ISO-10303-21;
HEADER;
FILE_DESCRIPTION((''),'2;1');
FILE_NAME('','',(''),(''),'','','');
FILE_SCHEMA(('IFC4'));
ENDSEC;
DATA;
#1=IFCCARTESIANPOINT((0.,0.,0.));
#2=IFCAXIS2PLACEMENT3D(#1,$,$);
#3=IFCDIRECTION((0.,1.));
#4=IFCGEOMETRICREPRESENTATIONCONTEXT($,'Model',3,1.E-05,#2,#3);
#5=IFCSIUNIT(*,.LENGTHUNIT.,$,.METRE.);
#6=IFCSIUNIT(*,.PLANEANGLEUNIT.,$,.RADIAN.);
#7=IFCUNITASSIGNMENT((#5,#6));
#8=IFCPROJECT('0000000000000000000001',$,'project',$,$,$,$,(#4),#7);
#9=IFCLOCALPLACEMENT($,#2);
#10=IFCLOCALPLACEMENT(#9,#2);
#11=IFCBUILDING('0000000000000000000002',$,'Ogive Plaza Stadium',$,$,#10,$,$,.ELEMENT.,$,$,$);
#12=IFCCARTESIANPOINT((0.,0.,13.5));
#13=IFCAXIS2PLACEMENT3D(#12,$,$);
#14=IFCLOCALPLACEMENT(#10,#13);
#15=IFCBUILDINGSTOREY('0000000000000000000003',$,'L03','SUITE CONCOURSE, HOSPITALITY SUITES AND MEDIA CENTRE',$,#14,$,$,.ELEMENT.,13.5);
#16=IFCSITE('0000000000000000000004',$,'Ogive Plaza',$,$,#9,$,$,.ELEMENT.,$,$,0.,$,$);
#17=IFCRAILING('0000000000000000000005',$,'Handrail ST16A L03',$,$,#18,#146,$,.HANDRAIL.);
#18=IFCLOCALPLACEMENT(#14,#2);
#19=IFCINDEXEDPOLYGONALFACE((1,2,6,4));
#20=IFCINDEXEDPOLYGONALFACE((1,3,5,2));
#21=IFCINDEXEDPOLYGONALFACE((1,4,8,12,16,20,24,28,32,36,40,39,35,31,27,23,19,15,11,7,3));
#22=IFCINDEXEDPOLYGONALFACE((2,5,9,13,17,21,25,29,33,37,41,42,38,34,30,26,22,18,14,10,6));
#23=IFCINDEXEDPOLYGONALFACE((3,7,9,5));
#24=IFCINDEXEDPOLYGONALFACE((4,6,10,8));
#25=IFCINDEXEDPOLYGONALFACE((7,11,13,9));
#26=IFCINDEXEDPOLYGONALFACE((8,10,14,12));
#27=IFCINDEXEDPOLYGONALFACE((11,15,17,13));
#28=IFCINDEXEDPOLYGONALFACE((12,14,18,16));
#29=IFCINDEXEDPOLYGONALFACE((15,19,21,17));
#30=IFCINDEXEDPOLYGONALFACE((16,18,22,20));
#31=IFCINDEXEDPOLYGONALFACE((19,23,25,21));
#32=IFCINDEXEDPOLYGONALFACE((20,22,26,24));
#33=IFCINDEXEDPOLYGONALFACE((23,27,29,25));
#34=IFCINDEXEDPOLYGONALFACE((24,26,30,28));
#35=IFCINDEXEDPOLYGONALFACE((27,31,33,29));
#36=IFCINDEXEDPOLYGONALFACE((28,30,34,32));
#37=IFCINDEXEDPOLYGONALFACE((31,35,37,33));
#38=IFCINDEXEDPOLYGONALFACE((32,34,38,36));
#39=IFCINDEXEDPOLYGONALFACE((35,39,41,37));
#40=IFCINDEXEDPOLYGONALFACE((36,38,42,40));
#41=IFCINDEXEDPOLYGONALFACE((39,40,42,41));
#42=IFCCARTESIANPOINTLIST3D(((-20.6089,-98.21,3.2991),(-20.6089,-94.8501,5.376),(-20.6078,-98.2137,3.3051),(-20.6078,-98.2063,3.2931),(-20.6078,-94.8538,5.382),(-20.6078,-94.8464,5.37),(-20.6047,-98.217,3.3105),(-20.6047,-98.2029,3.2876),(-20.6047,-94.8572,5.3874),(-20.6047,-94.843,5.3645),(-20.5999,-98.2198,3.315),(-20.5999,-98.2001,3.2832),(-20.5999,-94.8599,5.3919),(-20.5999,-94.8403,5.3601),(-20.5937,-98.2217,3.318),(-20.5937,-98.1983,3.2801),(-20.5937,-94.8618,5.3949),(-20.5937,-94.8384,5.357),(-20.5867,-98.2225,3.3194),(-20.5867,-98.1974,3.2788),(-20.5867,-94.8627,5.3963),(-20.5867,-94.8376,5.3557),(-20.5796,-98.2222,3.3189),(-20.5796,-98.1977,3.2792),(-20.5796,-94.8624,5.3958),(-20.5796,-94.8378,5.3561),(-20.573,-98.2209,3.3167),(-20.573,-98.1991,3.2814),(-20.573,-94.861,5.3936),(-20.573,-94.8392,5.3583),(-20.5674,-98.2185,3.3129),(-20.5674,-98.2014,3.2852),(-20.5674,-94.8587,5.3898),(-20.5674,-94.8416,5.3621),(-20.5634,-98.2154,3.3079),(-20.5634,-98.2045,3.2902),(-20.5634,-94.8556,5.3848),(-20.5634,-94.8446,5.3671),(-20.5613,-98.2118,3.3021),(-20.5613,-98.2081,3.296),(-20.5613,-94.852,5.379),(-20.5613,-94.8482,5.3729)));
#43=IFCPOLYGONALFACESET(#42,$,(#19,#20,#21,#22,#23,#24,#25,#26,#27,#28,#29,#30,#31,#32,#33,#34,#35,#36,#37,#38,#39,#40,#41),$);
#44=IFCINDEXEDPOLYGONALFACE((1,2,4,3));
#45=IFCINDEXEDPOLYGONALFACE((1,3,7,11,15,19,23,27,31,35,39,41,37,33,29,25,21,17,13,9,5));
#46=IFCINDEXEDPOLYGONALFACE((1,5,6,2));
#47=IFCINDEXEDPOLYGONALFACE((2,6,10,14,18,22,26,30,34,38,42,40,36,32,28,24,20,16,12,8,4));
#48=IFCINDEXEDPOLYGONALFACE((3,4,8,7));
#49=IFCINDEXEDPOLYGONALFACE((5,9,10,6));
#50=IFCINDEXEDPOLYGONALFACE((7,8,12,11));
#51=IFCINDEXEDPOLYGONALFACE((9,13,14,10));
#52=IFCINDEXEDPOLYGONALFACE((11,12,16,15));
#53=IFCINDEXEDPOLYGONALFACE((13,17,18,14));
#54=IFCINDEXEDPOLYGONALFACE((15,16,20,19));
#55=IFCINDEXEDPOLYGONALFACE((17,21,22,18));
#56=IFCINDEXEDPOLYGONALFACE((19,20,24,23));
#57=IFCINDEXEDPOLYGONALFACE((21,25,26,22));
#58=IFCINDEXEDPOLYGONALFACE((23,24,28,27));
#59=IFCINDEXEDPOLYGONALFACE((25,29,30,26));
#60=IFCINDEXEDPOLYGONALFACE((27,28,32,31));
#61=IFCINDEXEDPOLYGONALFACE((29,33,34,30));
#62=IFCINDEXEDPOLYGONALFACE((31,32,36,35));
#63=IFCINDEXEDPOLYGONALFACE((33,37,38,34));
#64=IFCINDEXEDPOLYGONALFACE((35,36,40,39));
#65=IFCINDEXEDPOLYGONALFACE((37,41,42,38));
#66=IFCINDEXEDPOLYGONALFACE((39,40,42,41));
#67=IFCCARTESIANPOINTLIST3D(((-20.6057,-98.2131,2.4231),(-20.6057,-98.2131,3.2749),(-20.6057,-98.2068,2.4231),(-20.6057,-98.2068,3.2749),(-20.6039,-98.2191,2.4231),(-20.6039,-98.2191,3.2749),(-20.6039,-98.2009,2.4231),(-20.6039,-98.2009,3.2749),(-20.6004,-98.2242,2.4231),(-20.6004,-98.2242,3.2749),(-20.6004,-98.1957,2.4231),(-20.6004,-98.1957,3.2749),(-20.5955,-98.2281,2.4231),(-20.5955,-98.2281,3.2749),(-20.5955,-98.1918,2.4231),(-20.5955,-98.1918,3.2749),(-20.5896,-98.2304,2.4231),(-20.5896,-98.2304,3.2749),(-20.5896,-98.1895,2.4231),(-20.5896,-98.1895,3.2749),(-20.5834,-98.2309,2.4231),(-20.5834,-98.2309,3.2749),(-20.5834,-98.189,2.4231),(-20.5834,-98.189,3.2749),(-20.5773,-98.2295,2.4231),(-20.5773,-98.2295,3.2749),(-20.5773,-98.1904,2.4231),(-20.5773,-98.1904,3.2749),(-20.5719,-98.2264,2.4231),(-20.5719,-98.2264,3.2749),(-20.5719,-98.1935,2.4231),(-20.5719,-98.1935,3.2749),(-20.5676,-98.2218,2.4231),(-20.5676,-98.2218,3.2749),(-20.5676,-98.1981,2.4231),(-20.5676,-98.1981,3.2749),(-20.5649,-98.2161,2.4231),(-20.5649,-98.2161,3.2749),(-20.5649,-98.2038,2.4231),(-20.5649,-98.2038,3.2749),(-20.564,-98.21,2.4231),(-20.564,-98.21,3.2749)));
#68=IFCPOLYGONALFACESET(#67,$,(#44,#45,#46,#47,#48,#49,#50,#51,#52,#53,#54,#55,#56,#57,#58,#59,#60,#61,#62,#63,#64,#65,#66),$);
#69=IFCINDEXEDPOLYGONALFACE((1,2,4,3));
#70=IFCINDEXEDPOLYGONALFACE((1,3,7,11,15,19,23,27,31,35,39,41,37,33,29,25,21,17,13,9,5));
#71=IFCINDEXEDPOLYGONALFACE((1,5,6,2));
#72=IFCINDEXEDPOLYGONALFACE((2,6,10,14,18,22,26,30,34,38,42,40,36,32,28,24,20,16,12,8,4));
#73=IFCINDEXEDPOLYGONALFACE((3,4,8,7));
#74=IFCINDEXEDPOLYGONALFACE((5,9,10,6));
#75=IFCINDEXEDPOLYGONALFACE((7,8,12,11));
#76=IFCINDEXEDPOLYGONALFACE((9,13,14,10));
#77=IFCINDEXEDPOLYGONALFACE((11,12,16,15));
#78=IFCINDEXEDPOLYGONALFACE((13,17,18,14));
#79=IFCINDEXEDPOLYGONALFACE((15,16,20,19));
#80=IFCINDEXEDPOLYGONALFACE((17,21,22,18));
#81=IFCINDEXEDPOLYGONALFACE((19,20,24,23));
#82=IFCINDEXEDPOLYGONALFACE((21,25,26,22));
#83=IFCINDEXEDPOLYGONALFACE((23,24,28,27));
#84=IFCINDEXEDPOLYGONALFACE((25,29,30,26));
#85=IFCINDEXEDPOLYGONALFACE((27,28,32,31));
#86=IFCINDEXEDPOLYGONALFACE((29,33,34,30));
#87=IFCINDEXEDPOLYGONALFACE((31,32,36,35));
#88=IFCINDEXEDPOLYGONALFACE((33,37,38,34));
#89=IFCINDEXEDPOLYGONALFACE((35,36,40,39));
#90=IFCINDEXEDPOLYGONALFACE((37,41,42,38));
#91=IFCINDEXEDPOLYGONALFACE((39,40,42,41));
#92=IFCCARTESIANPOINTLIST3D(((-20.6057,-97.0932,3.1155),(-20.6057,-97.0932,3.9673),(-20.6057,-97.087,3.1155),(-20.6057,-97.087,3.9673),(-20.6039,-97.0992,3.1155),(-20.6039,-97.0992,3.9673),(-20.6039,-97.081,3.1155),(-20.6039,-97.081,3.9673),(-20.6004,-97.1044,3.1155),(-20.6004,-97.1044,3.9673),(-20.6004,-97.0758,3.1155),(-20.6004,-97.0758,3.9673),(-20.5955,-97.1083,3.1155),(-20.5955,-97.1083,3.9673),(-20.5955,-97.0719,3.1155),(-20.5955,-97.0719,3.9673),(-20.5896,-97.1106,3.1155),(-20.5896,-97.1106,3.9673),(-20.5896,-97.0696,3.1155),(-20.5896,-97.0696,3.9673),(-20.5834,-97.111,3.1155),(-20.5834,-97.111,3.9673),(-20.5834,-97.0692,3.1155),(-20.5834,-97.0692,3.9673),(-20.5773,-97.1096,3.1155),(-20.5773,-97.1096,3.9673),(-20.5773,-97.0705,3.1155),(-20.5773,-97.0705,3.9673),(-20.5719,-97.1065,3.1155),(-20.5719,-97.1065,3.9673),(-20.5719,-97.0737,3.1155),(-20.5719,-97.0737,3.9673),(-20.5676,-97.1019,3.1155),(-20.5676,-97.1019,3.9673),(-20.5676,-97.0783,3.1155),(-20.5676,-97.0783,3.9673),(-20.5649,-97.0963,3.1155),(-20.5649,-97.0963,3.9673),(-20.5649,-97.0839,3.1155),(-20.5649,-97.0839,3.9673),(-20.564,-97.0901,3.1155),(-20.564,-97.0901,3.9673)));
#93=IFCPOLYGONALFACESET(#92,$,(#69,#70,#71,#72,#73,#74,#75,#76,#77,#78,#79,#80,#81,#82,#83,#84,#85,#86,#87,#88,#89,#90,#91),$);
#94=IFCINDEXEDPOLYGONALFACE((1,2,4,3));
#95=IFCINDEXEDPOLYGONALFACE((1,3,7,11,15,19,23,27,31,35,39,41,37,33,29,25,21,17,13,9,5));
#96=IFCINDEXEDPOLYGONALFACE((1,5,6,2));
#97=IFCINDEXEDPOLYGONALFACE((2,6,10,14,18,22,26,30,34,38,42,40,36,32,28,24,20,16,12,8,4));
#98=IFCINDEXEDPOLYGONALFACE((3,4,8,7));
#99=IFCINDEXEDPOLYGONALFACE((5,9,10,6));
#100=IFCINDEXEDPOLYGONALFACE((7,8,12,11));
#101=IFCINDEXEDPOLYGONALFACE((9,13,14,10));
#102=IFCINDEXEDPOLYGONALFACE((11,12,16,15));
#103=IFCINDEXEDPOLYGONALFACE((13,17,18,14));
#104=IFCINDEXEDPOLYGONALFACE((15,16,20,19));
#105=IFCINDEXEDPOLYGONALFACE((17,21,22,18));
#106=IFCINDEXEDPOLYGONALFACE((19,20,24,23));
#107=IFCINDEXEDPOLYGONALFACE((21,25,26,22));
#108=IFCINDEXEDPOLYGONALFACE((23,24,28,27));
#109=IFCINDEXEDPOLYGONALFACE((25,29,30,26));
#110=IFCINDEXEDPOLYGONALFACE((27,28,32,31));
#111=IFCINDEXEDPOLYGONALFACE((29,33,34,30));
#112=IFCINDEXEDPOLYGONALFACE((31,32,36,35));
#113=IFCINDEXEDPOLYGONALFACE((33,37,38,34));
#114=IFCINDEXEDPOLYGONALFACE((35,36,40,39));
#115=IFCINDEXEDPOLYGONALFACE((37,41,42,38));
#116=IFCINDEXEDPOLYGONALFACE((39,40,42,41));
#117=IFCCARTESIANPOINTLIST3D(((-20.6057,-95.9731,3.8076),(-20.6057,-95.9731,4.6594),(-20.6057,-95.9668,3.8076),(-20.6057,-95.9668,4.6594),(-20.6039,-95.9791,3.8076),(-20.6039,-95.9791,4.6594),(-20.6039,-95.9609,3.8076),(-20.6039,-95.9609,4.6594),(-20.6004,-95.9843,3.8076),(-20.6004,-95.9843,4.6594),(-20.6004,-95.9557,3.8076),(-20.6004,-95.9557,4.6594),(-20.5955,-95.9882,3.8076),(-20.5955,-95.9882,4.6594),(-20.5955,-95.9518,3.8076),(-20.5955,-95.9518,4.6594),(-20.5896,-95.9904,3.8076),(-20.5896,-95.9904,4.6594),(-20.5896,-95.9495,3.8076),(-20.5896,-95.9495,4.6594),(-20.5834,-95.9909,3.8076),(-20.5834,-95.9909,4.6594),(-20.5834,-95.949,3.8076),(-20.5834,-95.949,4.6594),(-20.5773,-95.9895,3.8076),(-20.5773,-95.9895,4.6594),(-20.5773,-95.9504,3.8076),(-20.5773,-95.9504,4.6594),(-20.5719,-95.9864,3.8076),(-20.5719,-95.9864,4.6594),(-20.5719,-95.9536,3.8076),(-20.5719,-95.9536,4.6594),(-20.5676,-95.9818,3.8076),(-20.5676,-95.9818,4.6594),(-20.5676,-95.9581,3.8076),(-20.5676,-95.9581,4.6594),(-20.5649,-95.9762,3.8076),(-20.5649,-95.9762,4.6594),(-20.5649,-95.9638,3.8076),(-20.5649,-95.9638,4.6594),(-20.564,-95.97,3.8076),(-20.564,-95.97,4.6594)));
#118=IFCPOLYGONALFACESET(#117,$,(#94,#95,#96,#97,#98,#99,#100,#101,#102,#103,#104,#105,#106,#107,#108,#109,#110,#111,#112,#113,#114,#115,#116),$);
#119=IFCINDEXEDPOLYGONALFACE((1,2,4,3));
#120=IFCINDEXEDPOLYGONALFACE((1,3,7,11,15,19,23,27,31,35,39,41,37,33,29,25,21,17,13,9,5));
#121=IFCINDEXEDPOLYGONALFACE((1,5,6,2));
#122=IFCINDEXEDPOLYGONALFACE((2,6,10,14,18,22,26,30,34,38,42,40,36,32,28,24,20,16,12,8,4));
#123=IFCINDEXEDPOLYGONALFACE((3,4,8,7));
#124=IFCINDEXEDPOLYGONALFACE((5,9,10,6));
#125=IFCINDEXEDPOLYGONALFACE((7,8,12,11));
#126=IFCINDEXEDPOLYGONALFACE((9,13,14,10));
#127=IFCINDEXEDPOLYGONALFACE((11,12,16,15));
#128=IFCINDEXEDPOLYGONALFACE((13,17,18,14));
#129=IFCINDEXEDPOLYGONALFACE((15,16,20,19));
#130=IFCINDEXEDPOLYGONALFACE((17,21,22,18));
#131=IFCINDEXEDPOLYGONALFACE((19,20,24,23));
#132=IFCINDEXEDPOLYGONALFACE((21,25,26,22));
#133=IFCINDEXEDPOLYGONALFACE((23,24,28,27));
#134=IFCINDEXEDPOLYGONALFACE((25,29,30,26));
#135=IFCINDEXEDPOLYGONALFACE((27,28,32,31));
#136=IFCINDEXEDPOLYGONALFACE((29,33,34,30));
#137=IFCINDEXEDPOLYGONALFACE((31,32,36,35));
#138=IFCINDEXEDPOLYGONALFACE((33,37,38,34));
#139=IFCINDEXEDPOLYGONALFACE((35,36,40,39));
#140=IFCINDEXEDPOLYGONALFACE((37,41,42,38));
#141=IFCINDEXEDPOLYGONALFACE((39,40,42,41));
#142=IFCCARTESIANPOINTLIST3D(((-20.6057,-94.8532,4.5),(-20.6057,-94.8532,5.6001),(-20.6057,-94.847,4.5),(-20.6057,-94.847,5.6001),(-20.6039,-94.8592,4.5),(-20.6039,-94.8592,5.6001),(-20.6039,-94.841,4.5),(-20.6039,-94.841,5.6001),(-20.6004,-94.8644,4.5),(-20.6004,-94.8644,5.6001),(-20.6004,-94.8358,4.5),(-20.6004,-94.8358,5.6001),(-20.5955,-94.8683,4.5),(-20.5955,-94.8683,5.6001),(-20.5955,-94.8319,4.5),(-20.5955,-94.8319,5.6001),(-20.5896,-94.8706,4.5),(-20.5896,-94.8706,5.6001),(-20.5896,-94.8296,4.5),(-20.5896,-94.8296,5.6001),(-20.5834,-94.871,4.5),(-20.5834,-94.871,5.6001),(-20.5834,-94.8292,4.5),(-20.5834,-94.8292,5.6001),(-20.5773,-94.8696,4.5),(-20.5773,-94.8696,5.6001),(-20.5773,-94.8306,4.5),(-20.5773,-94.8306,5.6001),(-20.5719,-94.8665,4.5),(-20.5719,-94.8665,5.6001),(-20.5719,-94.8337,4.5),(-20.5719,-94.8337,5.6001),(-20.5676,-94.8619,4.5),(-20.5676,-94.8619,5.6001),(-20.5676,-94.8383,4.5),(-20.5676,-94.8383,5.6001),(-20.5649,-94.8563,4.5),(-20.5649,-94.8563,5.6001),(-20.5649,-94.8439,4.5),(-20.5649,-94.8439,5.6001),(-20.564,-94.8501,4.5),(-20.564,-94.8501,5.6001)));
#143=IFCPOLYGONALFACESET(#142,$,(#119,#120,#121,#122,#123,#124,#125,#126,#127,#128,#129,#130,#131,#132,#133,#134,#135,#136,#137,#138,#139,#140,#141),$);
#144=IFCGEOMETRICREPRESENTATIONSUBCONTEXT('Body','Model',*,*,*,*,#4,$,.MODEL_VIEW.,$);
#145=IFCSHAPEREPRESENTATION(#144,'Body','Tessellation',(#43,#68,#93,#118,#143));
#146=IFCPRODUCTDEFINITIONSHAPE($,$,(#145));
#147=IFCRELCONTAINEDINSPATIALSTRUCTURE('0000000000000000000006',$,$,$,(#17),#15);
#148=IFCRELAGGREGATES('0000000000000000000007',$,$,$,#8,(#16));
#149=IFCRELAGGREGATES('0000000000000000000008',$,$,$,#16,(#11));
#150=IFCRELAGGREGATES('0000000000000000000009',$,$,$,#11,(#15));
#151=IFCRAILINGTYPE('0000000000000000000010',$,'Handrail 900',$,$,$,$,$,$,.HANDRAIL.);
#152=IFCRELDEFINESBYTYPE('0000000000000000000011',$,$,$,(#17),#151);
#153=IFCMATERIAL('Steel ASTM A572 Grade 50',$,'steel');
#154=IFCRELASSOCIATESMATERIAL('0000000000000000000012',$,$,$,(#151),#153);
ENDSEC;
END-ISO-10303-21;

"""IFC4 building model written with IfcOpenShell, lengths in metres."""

from ifc_helpers import new_model, si_unit, direction, frame, origin, origin_2d, place, context, subcontext, project, spatial, circle, extrude, material, type_object, element, save


model = new_model("IFC4")

# Units and contexts
model_context = context("Model", 3, precision=1e-05, world=origin(), true_north=direction((0.0, 1.0)))
body_context = subcontext(model_context, "Body", "Model", "MODEL_VIEW")
ifc_project = project(units=[si_unit("LENGTHUNIT", "METRE"), si_unit("PLANEANGLEUNIT", "RADIAN")], contexts=[model_context])

# Site, building, storey
site_placement = place(None, origin())
site = spatial("IfcSite", under=ifc_project, at=site_placement, Name="Ogive Plaza", CompositionType="ELEMENT", RefElevation=0.0)
building_placement = place(site_placement, origin())
building = spatial("IfcBuilding", under=site, at=building_placement, Name="Ogive Plaza Stadium", CompositionType="ELEMENT")
storey_placement = place(building_placement, frame((0.0, 0.0, 13.5)))
storey = spatial("IfcBuildingStorey", under=building, at=storey_placement, Name="L03", Description="SUITE CONCOURSE, HOSPITALITY SUITES AND MEDIA CENTRE", CompositionType="ELEMENT", Elevation=13.5)

# Railing
ifc_material_1 = material(Name="Steel ASTM A572 Grade 50", Category="steel")
railing_type_1 = type_object("IfcRailingType", Name="Handrail 900", PredefinedType="HANDRAIL", material=ifc_material_1)
for number, where, name in (
    (1, (-20.585, -98.21, 2.4231), "Handrail ST16A L03"),
):
    element("IfcRailing", number, at=place(storey_placement, frame(where)), inside=storey, type_object=railing_type_1, Name=name, PredefinedType="HANDRAIL", context=body_context, shape_type="SweptSolid", body=[
        extrude(circle(Radius=0.0239, at=origin_2d()), frame((0.0, 0.0, 0.876), z_axis=(0.0, 0.850606, 0.525803), x_axis=(-1.0, 0.0, 0.0)), (0.0, 0.0, 1.0), 3.95),
        extrude(circle(Radius=0.021, at=origin_2d()), origin(), (0.0, 0.0, 1.0), 0.8518),
        extrude(circle(Radius=0.021, at=origin_2d()), frame((0.0, 1.1199, 0.6924)), (0.0, 0.0, 1.0), 0.8518),
        extrude(circle(Radius=0.021, at=origin_2d()), frame((0.0, 2.24, 1.3845)), (0.0, 0.0, 1.0), 0.8518),
        extrude(circle(Radius=0.021, at=origin_2d()), frame((0.0, 3.3599, 2.0769)), (0.0, 0.0, 1.0), 1.1001),
    ])

save(model, "model.ifc")
